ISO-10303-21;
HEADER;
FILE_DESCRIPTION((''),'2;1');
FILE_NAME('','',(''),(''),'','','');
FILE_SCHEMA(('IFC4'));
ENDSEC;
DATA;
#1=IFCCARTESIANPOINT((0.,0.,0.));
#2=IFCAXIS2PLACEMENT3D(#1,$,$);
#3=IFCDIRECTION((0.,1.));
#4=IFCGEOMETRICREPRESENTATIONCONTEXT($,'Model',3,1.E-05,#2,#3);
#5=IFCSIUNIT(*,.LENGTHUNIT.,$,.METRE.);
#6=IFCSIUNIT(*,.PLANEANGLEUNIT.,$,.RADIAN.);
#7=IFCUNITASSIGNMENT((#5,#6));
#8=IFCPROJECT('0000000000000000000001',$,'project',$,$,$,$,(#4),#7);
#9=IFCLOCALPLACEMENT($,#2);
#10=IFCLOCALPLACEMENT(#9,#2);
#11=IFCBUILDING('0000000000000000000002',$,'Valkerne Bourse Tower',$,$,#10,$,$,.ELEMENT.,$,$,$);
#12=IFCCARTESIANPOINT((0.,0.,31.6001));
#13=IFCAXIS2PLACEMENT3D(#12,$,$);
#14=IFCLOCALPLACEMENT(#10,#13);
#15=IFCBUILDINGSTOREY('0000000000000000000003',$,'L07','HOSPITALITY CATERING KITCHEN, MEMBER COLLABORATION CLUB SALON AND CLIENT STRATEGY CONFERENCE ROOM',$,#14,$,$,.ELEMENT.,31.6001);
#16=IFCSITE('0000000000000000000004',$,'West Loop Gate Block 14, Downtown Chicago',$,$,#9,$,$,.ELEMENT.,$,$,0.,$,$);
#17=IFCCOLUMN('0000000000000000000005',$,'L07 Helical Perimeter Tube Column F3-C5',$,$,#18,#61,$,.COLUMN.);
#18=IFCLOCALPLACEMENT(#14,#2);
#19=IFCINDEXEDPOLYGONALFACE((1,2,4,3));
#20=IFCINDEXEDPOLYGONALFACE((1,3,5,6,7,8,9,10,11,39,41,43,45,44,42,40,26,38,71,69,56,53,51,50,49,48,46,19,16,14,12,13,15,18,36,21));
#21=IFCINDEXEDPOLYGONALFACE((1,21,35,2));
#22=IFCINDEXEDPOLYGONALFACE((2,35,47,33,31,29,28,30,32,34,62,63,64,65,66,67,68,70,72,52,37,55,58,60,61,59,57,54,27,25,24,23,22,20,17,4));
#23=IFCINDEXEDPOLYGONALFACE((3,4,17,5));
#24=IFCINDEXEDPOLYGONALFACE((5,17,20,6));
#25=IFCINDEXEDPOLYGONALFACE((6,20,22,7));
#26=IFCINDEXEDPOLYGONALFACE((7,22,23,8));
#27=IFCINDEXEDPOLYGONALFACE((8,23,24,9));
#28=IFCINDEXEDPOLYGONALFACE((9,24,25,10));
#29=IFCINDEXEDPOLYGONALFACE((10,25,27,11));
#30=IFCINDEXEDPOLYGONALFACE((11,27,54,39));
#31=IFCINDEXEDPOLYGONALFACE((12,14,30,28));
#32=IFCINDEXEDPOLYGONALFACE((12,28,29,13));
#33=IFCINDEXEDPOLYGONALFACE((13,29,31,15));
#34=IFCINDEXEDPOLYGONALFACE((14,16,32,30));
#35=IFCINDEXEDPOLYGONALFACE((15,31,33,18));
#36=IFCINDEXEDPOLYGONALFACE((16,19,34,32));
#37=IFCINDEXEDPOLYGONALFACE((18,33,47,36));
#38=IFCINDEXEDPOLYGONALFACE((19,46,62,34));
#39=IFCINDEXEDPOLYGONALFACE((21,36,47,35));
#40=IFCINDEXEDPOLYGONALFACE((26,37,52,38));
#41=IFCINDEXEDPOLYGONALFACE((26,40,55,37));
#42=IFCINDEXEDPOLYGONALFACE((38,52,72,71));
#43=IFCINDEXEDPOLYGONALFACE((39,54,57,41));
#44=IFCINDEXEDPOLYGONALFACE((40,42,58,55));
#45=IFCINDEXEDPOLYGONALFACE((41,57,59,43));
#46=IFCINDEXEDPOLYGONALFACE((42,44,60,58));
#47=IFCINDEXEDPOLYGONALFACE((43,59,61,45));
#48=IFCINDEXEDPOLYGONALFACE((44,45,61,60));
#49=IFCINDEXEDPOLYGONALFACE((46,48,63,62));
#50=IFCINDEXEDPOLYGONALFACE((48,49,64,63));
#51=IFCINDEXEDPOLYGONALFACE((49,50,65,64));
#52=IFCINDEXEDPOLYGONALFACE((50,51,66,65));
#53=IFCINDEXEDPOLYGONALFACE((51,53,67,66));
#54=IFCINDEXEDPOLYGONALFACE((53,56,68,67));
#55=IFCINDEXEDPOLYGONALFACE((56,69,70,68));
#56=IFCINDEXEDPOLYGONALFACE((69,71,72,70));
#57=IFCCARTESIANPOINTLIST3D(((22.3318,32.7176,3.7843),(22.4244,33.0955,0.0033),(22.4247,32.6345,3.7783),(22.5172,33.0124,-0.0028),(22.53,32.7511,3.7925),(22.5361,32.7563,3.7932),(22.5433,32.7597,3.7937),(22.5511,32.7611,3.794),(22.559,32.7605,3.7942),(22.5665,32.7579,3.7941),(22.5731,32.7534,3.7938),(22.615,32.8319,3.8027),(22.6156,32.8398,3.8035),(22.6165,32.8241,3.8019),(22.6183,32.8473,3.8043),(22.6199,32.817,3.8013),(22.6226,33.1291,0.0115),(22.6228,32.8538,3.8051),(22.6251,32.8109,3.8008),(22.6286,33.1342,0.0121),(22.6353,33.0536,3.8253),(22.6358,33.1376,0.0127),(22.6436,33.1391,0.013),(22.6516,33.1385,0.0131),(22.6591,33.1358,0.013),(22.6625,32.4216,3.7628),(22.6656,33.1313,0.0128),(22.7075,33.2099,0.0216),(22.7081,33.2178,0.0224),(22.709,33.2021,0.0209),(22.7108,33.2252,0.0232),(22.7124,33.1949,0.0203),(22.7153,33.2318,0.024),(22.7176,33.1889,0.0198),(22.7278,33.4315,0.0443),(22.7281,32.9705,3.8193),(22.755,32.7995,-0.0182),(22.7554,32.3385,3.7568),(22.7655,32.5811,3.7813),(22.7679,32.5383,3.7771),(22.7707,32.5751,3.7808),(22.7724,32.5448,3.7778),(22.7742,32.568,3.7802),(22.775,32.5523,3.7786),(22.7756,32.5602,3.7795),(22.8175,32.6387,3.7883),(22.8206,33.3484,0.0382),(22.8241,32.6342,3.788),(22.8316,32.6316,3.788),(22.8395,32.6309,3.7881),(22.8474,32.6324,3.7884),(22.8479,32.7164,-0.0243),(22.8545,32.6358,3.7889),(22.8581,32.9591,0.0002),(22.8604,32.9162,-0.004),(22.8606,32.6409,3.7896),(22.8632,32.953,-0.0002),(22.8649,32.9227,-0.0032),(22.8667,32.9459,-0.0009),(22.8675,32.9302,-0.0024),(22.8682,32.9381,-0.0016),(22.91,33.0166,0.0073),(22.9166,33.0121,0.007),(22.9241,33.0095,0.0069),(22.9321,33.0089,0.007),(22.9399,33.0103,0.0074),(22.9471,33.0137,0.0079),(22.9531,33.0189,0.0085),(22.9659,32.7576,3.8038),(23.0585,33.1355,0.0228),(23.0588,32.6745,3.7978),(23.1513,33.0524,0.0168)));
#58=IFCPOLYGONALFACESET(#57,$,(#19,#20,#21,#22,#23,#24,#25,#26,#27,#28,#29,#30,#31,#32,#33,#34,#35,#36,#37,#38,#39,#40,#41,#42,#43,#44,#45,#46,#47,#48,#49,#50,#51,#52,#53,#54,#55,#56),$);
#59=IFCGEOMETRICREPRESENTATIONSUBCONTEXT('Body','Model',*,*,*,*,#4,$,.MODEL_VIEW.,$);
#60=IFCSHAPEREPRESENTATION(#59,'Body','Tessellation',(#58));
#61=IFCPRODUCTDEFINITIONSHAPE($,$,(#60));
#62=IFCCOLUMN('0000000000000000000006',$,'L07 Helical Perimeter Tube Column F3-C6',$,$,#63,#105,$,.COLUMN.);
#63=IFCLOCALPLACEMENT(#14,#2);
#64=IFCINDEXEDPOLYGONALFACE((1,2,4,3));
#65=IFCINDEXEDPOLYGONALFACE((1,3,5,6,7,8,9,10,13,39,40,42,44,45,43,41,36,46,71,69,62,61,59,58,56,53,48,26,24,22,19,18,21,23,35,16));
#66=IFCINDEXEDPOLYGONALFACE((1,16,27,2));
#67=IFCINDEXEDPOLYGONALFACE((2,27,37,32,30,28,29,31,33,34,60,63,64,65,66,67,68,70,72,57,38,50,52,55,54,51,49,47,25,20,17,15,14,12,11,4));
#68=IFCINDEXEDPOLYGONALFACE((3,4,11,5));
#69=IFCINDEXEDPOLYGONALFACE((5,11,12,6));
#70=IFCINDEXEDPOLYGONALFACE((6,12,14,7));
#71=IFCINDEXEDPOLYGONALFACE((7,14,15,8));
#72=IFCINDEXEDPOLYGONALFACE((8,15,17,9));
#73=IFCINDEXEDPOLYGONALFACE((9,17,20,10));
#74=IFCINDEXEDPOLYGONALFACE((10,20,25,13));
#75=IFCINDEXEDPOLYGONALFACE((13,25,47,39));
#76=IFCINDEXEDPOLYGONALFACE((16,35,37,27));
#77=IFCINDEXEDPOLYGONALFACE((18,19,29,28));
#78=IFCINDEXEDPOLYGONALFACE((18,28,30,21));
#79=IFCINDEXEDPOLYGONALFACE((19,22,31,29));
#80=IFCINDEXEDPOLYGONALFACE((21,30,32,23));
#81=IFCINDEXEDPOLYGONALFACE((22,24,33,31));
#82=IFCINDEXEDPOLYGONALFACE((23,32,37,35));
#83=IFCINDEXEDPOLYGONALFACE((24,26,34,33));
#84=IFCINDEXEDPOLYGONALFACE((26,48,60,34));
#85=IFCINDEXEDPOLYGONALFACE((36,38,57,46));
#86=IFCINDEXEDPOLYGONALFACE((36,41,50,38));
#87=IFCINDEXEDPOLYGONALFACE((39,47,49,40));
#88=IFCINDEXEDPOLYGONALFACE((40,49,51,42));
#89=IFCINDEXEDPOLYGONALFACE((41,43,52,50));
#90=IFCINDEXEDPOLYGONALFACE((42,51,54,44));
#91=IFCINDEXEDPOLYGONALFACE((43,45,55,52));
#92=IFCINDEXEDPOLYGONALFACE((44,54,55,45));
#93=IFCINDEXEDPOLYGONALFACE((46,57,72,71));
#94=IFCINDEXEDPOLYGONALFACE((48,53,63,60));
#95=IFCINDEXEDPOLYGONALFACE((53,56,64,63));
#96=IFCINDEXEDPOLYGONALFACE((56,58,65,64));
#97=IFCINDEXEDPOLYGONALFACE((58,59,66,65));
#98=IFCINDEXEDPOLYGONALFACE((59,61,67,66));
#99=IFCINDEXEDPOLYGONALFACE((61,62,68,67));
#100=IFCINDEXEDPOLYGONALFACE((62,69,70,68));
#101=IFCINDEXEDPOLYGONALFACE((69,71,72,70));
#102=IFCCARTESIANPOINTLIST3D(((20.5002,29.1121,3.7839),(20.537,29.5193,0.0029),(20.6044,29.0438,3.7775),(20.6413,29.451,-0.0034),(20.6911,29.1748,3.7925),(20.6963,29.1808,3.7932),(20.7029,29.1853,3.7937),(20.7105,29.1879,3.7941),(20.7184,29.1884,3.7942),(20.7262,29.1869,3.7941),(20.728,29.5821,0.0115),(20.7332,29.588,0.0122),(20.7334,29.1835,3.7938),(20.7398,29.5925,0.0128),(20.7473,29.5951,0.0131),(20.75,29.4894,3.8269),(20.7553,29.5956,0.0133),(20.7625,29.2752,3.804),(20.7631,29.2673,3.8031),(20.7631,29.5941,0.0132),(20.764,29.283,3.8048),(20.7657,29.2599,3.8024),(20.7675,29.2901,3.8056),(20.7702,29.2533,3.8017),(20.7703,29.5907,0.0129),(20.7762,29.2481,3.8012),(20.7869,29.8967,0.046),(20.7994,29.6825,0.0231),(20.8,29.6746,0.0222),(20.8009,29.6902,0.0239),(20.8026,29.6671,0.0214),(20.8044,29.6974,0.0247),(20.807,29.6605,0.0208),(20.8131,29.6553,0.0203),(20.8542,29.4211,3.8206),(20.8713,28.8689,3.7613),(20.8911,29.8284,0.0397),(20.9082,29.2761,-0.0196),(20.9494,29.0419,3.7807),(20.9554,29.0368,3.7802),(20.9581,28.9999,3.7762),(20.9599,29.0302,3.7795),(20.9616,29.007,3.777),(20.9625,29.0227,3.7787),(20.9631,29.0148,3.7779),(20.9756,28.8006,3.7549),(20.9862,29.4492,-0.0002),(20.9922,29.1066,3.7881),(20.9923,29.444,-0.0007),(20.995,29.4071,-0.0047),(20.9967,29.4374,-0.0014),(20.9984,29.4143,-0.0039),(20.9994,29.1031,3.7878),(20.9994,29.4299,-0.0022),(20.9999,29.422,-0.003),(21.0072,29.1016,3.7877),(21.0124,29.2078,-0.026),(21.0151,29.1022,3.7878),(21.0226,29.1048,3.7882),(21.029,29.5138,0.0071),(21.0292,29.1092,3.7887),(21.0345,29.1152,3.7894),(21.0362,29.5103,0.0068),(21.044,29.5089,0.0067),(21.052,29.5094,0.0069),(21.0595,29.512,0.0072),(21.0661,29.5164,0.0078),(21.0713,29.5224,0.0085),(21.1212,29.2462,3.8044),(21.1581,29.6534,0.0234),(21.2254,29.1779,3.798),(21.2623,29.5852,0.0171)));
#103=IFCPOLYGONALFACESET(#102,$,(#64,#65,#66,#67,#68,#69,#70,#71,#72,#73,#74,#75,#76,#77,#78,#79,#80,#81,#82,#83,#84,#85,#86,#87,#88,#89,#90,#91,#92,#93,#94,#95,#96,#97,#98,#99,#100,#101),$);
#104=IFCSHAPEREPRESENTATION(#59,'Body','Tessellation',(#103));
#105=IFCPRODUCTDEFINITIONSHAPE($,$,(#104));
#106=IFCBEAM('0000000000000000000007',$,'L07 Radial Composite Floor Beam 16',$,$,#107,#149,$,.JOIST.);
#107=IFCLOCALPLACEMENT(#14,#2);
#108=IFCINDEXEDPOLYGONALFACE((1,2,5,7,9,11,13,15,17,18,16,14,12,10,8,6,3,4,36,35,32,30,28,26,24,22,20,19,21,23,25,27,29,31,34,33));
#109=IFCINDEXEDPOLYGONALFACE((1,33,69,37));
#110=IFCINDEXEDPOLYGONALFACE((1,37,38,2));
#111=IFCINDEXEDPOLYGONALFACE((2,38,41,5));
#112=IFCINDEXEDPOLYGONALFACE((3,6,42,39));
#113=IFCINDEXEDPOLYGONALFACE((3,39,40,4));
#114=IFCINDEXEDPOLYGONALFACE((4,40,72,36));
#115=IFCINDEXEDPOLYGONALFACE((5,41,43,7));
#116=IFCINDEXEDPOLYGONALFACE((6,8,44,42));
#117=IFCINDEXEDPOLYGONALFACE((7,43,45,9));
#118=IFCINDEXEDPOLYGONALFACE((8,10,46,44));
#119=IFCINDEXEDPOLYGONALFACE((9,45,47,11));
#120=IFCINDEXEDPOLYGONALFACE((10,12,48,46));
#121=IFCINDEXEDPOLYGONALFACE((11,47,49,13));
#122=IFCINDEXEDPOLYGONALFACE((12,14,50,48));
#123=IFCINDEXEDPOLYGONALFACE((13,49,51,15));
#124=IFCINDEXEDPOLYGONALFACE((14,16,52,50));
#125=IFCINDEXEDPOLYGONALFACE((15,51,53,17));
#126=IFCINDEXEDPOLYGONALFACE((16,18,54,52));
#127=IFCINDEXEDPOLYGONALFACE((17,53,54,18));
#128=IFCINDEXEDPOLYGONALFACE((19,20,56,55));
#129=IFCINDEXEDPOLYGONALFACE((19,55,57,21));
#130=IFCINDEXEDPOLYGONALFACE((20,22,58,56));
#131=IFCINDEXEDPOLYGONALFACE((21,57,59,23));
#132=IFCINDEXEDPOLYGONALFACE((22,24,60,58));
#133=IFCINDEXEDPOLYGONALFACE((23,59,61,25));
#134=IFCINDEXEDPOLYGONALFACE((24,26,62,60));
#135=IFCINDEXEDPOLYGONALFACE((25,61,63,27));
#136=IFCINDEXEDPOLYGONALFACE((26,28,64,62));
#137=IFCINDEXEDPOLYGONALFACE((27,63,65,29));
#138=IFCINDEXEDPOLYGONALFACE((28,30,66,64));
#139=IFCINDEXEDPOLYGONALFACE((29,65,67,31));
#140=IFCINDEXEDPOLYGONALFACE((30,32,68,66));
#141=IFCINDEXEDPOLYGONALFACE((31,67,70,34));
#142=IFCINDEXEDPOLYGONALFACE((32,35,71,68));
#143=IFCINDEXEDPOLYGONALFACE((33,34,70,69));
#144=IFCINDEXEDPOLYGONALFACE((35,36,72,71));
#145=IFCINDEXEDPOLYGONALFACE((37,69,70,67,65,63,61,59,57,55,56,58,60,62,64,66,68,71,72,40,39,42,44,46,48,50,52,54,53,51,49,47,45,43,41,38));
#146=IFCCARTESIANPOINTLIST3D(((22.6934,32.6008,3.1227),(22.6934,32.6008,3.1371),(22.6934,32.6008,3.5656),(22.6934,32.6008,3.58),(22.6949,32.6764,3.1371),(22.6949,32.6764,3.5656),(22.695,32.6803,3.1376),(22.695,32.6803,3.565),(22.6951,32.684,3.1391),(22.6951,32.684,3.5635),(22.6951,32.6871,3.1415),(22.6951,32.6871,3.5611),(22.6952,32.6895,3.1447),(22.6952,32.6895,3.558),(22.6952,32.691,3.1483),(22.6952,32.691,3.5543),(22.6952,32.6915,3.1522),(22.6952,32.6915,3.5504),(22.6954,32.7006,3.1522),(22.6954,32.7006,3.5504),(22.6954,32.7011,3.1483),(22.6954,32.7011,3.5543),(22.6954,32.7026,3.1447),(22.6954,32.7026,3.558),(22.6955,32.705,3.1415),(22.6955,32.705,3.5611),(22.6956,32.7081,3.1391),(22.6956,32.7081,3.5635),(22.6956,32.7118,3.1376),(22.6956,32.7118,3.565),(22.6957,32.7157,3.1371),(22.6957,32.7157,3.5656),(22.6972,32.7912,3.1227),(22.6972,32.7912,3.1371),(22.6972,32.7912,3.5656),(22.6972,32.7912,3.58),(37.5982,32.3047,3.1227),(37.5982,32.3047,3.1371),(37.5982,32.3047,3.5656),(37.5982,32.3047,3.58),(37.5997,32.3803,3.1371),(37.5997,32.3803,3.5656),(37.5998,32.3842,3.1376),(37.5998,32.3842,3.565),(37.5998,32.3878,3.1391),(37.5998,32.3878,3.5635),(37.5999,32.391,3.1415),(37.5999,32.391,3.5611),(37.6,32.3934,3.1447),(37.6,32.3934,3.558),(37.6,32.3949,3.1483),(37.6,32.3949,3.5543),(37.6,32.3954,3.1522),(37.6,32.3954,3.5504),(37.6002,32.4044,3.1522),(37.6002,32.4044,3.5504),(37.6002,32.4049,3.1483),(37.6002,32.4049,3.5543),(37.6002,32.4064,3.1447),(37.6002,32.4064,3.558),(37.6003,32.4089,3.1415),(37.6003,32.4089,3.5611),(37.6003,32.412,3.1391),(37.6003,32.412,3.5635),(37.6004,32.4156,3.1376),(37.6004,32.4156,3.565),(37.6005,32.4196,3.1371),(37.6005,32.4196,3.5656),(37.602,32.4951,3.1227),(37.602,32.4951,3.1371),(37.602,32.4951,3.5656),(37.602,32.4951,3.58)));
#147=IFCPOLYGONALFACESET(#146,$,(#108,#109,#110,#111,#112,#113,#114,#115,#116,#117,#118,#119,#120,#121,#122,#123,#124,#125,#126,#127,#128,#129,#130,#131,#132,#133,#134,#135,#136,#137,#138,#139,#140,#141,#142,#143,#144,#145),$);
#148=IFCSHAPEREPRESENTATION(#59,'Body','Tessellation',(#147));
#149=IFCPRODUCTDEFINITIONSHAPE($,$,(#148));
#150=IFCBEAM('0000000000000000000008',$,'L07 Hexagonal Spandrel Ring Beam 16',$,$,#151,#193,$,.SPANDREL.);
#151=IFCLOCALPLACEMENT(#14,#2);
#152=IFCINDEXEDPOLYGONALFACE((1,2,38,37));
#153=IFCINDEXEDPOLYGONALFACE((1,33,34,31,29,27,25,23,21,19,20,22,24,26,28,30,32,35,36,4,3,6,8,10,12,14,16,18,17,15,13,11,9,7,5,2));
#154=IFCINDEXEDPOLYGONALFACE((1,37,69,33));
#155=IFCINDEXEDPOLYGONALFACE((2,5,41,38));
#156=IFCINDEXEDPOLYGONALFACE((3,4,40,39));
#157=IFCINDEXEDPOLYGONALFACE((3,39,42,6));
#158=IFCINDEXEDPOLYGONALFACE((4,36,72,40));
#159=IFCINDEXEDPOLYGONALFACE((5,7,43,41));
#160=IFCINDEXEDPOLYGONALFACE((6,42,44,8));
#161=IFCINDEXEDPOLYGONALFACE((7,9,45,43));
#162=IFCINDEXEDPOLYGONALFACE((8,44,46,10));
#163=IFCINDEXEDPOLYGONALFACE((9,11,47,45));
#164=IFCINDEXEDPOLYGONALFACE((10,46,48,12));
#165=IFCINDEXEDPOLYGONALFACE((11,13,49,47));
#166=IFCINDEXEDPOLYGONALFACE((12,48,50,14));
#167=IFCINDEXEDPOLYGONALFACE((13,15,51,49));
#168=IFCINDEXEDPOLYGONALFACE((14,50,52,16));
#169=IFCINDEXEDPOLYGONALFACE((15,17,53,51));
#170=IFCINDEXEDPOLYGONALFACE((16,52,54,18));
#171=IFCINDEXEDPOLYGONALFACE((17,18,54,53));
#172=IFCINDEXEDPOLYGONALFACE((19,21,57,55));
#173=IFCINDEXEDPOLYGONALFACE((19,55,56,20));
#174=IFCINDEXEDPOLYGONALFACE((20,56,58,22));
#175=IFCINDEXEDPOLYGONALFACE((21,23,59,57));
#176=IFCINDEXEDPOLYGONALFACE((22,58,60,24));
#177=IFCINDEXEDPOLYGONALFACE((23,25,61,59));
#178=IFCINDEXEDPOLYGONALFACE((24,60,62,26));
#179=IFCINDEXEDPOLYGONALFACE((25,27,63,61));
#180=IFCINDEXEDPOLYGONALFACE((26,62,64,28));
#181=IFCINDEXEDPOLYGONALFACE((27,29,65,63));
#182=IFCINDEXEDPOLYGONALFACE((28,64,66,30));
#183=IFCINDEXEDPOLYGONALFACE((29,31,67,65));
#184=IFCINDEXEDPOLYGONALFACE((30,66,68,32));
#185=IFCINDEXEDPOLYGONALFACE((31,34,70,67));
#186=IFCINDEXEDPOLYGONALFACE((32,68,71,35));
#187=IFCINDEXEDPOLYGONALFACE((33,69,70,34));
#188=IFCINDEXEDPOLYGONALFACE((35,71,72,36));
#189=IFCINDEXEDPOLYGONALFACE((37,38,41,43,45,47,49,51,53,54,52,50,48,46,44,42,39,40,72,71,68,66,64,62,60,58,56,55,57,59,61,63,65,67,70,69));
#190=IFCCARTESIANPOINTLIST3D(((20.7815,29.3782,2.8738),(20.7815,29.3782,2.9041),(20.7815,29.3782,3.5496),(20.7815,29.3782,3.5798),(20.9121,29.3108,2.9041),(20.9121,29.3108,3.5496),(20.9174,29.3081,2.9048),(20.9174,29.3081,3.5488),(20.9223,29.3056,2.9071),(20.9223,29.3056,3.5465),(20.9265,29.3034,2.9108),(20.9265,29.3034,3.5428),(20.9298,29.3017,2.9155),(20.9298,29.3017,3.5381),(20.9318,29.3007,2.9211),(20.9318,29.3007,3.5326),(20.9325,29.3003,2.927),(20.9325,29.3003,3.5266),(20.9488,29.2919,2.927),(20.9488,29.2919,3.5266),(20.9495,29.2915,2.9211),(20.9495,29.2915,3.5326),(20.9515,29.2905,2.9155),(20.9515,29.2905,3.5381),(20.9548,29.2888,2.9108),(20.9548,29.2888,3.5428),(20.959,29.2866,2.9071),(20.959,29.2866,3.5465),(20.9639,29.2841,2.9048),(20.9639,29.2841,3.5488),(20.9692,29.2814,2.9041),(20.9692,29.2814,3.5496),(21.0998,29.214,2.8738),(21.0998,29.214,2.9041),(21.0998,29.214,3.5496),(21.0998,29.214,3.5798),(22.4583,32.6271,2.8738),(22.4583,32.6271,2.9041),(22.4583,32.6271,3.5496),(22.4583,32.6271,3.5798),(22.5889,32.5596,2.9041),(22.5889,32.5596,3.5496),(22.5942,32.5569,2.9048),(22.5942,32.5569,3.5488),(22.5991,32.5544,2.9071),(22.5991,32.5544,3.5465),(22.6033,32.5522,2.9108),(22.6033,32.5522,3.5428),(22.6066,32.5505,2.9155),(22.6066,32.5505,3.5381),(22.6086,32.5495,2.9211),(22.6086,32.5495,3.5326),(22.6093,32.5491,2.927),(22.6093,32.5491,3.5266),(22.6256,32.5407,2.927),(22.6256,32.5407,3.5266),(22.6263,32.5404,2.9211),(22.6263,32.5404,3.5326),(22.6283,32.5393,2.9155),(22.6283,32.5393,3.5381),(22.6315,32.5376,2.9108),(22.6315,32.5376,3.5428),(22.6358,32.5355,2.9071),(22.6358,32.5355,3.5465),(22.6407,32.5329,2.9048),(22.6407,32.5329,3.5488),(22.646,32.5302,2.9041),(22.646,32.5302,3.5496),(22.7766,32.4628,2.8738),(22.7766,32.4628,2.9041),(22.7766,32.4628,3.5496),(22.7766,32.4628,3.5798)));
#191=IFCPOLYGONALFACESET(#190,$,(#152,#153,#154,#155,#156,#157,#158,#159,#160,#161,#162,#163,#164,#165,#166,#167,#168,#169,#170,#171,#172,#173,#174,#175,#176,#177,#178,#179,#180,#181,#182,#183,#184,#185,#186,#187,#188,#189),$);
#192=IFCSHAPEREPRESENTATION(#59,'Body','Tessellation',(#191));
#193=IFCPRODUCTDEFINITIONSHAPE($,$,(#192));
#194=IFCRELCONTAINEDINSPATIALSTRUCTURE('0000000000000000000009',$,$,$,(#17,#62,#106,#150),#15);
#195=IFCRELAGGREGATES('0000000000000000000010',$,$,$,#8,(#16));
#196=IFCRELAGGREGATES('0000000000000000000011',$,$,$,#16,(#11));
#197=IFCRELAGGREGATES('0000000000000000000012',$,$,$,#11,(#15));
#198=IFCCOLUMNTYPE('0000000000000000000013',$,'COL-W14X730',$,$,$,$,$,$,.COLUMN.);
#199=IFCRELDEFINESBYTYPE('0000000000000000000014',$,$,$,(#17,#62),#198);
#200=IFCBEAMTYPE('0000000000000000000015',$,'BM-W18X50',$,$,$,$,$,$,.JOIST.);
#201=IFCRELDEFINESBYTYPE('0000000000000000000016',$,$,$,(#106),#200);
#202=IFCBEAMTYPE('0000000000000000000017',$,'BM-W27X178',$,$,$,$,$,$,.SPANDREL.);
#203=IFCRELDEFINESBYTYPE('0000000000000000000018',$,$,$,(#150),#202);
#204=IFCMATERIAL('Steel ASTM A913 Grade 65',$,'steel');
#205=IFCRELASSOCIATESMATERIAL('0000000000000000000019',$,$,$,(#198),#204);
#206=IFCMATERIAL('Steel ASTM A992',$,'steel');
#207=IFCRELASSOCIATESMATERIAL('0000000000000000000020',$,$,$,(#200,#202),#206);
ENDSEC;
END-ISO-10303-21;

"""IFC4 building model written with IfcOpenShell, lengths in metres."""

from ifc_helpers import new_model, si_unit, direction, frame, origin, origin_2d, place, context, subcontext, project, spatial, i_section, extrude, material, material_profile, profile_set, type_object, element, save


model = new_model("IFC4")

# Units and contexts
model_context = context("Model", 3, precision=1e-05, world=origin(), true_north=direction((0.0, 1.0)))
body_context = subcontext(model_context, "Body", "Model", "MODEL_VIEW")
ifc_project = project(units=[si_unit("LENGTHUNIT", "METRE"), si_unit("PLANEANGLEUNIT", "RADIAN")], contexts=[model_context])

# Site, building, storey
site_placement = place(None, origin())
site = spatial("IfcSite", under=ifc_project, at=site_placement, Name="West Loop Gate Block 14, Downtown Chicago", CompositionType="ELEMENT", RefElevation=0.0)
building_placement = place(site_placement, origin())
building = spatial("IfcBuilding", under=site, at=building_placement, Name="Valkerne Bourse Tower", CompositionType="ELEMENT")
storey_placement = place(building_placement, frame((0.0, 0.0, 31.6001)))
storey = spatial("IfcBuildingStorey", under=building, at=storey_placement, Name="L07", Description="HOSPITALITY CATERING KITCHEN, MEMBER COLLABORATION CLUB SALON AND CLIENT STRATEGY CONFERENCE ROOM", CompositionType="ELEMENT", Elevation=31.6001)

# Columns
ifc_material_1 = material(Name="Steel ASTM A913 Grade 65", Category="steel")
ifc_material_profile_1 = material_profile(ifc_material_1, i_section(OverallWidth=0.4546, OverallDepth=0.5691, WebThickness=0.0779, FlangeThickness=0.1248, FilletRadius=0.0305, at=origin_2d()), Name="W14X730")
ifc_profile_set_1 = profile_set([ifc_material_profile_1], Name="Steel ASTM A913 Grade 65")
column_type = type_object("IfcColumnType", Name="COL-W14X730", PredefinedType="COLUMN", material=ifc_profile_set_1)
column_1_placement = place(storey_placement, frame((22.7878, 33.074, 0.01), z_axis=(-0.024344, -0.09943, 0.994747), x_axis=(-0.667475, -0.739147, -0.090216)))
element("IfcColumn", 1, at=column_1_placement, inside=storey, type_object=column_type, Name="L07 Helical Perimeter Tube Column F3-C5", PredefinedType="COLUMN", context=body_context, shape_type="SweptSolid", body=[
    extrude(i_section(OverallWidth=0.4546, OverallDepth=0.5691, WebThickness=0.0779, FlangeThickness=0.1248, FilletRadius=0.0305, at=origin_2d()), origin(), (0.0, 0.0, 1.0), 3.801),
])
column_2_placement = place(storey_placement, frame((20.8997, 29.5522, 0.01), z_axis=(-0.009694, -0.107079, 0.994203), x_axis=(-0.549623, -0.830022, -0.094755)))
element("IfcColumn", 2, at=column_2_placement, inside=storey, type_object=column_type, Name="L07 Helical Perimeter Tube Column F3-C6", PredefinedType="COLUMN", context=body_context, shape_type="SweptSolid", body=[
    extrude(i_section(OverallWidth=0.4546, OverallDepth=0.5691, WebThickness=0.0779, FlangeThickness=0.1248, FilletRadius=0.0305, at=origin_2d()), origin(), (0.0, 0.0, 1.0), 3.803),
])

# Beams
ifc_material_2 = material(Name="Steel ASTM A992", Category="steel")
ifc_material_profile_2 = material_profile(ifc_material_2, i_section(OverallWidth=0.1904, OverallDepth=0.4573, WebThickness=0.009, FlangeThickness=0.0144, FilletRadius=0.0151, at=origin_2d()), Name="W18X50")
ifc_profile_set_2 = profile_set([ifc_material_profile_2], Name="Steel ASTM A992")
beam_type_1 = type_object("IfcBeamType", Name="BM-W18X50", PredefinedType="JOIST", material=ifc_profile_set_2)
beam_1_placement = place(storey_placement, frame((22.6953, 32.696, 3.3513), z_axis=(0.999803, -0.019865, 0.0), x_axis=(0.019865, 0.999803, 0.0)))
element("IfcBeam", 3, at=beam_1_placement, inside=storey, type_object=beam_type_1, Name="L07 Radial Composite Floor Beam 16", PredefinedType="JOIST", context=body_context, shape_type="SweptSolid", body=[
    extrude(i_section(OverallWidth=0.1904, OverallDepth=0.4573, WebThickness=0.009, FlangeThickness=0.0144, FilletRadius=0.0151, at=origin_2d()), origin(), (0.0, 0.0, 1.0), 14.9077),
])
ifc_material_profile_3 = material_profile(ifc_material_2, i_section(OverallWidth=0.3582, OverallDepth=0.7061, WebThickness=0.0183, FlangeThickness=0.0303, FilletRadius=0.0229, at=origin_2d()), Name="W27X178")
ifc_profile_set_3 = profile_set([ifc_material_profile_3], Name="Steel ASTM A992")
beam_type_2 = type_object("IfcBeamType", Name="BM-W27X178", PredefinedType="SPANDREL", material=ifc_profile_set_3)
beam_2_placement = place(storey_placement, frame((22.6174, 32.5449, 3.2268), z_axis=(-0.458636, -0.888624, 0.0), x_axis=(0.888624, -0.458636, 0.0)))
element("IfcBeam", 4, at=beam_2_placement, inside=storey, type_object=beam_type_2, Name="L07 Hexagonal Spandrel Ring Beam 16", PredefinedType="SPANDREL", context=body_context, shape_type="SweptSolid", body=[
    extrude(i_section(OverallWidth=0.3582, OverallDepth=0.7061, WebThickness=0.0183, FlangeThickness=0.0303, FilletRadius=0.0229, at=origin_2d()), origin(), (0.0, 0.0, 1.0), 3.656),
])

save(model, "model.ifc")
